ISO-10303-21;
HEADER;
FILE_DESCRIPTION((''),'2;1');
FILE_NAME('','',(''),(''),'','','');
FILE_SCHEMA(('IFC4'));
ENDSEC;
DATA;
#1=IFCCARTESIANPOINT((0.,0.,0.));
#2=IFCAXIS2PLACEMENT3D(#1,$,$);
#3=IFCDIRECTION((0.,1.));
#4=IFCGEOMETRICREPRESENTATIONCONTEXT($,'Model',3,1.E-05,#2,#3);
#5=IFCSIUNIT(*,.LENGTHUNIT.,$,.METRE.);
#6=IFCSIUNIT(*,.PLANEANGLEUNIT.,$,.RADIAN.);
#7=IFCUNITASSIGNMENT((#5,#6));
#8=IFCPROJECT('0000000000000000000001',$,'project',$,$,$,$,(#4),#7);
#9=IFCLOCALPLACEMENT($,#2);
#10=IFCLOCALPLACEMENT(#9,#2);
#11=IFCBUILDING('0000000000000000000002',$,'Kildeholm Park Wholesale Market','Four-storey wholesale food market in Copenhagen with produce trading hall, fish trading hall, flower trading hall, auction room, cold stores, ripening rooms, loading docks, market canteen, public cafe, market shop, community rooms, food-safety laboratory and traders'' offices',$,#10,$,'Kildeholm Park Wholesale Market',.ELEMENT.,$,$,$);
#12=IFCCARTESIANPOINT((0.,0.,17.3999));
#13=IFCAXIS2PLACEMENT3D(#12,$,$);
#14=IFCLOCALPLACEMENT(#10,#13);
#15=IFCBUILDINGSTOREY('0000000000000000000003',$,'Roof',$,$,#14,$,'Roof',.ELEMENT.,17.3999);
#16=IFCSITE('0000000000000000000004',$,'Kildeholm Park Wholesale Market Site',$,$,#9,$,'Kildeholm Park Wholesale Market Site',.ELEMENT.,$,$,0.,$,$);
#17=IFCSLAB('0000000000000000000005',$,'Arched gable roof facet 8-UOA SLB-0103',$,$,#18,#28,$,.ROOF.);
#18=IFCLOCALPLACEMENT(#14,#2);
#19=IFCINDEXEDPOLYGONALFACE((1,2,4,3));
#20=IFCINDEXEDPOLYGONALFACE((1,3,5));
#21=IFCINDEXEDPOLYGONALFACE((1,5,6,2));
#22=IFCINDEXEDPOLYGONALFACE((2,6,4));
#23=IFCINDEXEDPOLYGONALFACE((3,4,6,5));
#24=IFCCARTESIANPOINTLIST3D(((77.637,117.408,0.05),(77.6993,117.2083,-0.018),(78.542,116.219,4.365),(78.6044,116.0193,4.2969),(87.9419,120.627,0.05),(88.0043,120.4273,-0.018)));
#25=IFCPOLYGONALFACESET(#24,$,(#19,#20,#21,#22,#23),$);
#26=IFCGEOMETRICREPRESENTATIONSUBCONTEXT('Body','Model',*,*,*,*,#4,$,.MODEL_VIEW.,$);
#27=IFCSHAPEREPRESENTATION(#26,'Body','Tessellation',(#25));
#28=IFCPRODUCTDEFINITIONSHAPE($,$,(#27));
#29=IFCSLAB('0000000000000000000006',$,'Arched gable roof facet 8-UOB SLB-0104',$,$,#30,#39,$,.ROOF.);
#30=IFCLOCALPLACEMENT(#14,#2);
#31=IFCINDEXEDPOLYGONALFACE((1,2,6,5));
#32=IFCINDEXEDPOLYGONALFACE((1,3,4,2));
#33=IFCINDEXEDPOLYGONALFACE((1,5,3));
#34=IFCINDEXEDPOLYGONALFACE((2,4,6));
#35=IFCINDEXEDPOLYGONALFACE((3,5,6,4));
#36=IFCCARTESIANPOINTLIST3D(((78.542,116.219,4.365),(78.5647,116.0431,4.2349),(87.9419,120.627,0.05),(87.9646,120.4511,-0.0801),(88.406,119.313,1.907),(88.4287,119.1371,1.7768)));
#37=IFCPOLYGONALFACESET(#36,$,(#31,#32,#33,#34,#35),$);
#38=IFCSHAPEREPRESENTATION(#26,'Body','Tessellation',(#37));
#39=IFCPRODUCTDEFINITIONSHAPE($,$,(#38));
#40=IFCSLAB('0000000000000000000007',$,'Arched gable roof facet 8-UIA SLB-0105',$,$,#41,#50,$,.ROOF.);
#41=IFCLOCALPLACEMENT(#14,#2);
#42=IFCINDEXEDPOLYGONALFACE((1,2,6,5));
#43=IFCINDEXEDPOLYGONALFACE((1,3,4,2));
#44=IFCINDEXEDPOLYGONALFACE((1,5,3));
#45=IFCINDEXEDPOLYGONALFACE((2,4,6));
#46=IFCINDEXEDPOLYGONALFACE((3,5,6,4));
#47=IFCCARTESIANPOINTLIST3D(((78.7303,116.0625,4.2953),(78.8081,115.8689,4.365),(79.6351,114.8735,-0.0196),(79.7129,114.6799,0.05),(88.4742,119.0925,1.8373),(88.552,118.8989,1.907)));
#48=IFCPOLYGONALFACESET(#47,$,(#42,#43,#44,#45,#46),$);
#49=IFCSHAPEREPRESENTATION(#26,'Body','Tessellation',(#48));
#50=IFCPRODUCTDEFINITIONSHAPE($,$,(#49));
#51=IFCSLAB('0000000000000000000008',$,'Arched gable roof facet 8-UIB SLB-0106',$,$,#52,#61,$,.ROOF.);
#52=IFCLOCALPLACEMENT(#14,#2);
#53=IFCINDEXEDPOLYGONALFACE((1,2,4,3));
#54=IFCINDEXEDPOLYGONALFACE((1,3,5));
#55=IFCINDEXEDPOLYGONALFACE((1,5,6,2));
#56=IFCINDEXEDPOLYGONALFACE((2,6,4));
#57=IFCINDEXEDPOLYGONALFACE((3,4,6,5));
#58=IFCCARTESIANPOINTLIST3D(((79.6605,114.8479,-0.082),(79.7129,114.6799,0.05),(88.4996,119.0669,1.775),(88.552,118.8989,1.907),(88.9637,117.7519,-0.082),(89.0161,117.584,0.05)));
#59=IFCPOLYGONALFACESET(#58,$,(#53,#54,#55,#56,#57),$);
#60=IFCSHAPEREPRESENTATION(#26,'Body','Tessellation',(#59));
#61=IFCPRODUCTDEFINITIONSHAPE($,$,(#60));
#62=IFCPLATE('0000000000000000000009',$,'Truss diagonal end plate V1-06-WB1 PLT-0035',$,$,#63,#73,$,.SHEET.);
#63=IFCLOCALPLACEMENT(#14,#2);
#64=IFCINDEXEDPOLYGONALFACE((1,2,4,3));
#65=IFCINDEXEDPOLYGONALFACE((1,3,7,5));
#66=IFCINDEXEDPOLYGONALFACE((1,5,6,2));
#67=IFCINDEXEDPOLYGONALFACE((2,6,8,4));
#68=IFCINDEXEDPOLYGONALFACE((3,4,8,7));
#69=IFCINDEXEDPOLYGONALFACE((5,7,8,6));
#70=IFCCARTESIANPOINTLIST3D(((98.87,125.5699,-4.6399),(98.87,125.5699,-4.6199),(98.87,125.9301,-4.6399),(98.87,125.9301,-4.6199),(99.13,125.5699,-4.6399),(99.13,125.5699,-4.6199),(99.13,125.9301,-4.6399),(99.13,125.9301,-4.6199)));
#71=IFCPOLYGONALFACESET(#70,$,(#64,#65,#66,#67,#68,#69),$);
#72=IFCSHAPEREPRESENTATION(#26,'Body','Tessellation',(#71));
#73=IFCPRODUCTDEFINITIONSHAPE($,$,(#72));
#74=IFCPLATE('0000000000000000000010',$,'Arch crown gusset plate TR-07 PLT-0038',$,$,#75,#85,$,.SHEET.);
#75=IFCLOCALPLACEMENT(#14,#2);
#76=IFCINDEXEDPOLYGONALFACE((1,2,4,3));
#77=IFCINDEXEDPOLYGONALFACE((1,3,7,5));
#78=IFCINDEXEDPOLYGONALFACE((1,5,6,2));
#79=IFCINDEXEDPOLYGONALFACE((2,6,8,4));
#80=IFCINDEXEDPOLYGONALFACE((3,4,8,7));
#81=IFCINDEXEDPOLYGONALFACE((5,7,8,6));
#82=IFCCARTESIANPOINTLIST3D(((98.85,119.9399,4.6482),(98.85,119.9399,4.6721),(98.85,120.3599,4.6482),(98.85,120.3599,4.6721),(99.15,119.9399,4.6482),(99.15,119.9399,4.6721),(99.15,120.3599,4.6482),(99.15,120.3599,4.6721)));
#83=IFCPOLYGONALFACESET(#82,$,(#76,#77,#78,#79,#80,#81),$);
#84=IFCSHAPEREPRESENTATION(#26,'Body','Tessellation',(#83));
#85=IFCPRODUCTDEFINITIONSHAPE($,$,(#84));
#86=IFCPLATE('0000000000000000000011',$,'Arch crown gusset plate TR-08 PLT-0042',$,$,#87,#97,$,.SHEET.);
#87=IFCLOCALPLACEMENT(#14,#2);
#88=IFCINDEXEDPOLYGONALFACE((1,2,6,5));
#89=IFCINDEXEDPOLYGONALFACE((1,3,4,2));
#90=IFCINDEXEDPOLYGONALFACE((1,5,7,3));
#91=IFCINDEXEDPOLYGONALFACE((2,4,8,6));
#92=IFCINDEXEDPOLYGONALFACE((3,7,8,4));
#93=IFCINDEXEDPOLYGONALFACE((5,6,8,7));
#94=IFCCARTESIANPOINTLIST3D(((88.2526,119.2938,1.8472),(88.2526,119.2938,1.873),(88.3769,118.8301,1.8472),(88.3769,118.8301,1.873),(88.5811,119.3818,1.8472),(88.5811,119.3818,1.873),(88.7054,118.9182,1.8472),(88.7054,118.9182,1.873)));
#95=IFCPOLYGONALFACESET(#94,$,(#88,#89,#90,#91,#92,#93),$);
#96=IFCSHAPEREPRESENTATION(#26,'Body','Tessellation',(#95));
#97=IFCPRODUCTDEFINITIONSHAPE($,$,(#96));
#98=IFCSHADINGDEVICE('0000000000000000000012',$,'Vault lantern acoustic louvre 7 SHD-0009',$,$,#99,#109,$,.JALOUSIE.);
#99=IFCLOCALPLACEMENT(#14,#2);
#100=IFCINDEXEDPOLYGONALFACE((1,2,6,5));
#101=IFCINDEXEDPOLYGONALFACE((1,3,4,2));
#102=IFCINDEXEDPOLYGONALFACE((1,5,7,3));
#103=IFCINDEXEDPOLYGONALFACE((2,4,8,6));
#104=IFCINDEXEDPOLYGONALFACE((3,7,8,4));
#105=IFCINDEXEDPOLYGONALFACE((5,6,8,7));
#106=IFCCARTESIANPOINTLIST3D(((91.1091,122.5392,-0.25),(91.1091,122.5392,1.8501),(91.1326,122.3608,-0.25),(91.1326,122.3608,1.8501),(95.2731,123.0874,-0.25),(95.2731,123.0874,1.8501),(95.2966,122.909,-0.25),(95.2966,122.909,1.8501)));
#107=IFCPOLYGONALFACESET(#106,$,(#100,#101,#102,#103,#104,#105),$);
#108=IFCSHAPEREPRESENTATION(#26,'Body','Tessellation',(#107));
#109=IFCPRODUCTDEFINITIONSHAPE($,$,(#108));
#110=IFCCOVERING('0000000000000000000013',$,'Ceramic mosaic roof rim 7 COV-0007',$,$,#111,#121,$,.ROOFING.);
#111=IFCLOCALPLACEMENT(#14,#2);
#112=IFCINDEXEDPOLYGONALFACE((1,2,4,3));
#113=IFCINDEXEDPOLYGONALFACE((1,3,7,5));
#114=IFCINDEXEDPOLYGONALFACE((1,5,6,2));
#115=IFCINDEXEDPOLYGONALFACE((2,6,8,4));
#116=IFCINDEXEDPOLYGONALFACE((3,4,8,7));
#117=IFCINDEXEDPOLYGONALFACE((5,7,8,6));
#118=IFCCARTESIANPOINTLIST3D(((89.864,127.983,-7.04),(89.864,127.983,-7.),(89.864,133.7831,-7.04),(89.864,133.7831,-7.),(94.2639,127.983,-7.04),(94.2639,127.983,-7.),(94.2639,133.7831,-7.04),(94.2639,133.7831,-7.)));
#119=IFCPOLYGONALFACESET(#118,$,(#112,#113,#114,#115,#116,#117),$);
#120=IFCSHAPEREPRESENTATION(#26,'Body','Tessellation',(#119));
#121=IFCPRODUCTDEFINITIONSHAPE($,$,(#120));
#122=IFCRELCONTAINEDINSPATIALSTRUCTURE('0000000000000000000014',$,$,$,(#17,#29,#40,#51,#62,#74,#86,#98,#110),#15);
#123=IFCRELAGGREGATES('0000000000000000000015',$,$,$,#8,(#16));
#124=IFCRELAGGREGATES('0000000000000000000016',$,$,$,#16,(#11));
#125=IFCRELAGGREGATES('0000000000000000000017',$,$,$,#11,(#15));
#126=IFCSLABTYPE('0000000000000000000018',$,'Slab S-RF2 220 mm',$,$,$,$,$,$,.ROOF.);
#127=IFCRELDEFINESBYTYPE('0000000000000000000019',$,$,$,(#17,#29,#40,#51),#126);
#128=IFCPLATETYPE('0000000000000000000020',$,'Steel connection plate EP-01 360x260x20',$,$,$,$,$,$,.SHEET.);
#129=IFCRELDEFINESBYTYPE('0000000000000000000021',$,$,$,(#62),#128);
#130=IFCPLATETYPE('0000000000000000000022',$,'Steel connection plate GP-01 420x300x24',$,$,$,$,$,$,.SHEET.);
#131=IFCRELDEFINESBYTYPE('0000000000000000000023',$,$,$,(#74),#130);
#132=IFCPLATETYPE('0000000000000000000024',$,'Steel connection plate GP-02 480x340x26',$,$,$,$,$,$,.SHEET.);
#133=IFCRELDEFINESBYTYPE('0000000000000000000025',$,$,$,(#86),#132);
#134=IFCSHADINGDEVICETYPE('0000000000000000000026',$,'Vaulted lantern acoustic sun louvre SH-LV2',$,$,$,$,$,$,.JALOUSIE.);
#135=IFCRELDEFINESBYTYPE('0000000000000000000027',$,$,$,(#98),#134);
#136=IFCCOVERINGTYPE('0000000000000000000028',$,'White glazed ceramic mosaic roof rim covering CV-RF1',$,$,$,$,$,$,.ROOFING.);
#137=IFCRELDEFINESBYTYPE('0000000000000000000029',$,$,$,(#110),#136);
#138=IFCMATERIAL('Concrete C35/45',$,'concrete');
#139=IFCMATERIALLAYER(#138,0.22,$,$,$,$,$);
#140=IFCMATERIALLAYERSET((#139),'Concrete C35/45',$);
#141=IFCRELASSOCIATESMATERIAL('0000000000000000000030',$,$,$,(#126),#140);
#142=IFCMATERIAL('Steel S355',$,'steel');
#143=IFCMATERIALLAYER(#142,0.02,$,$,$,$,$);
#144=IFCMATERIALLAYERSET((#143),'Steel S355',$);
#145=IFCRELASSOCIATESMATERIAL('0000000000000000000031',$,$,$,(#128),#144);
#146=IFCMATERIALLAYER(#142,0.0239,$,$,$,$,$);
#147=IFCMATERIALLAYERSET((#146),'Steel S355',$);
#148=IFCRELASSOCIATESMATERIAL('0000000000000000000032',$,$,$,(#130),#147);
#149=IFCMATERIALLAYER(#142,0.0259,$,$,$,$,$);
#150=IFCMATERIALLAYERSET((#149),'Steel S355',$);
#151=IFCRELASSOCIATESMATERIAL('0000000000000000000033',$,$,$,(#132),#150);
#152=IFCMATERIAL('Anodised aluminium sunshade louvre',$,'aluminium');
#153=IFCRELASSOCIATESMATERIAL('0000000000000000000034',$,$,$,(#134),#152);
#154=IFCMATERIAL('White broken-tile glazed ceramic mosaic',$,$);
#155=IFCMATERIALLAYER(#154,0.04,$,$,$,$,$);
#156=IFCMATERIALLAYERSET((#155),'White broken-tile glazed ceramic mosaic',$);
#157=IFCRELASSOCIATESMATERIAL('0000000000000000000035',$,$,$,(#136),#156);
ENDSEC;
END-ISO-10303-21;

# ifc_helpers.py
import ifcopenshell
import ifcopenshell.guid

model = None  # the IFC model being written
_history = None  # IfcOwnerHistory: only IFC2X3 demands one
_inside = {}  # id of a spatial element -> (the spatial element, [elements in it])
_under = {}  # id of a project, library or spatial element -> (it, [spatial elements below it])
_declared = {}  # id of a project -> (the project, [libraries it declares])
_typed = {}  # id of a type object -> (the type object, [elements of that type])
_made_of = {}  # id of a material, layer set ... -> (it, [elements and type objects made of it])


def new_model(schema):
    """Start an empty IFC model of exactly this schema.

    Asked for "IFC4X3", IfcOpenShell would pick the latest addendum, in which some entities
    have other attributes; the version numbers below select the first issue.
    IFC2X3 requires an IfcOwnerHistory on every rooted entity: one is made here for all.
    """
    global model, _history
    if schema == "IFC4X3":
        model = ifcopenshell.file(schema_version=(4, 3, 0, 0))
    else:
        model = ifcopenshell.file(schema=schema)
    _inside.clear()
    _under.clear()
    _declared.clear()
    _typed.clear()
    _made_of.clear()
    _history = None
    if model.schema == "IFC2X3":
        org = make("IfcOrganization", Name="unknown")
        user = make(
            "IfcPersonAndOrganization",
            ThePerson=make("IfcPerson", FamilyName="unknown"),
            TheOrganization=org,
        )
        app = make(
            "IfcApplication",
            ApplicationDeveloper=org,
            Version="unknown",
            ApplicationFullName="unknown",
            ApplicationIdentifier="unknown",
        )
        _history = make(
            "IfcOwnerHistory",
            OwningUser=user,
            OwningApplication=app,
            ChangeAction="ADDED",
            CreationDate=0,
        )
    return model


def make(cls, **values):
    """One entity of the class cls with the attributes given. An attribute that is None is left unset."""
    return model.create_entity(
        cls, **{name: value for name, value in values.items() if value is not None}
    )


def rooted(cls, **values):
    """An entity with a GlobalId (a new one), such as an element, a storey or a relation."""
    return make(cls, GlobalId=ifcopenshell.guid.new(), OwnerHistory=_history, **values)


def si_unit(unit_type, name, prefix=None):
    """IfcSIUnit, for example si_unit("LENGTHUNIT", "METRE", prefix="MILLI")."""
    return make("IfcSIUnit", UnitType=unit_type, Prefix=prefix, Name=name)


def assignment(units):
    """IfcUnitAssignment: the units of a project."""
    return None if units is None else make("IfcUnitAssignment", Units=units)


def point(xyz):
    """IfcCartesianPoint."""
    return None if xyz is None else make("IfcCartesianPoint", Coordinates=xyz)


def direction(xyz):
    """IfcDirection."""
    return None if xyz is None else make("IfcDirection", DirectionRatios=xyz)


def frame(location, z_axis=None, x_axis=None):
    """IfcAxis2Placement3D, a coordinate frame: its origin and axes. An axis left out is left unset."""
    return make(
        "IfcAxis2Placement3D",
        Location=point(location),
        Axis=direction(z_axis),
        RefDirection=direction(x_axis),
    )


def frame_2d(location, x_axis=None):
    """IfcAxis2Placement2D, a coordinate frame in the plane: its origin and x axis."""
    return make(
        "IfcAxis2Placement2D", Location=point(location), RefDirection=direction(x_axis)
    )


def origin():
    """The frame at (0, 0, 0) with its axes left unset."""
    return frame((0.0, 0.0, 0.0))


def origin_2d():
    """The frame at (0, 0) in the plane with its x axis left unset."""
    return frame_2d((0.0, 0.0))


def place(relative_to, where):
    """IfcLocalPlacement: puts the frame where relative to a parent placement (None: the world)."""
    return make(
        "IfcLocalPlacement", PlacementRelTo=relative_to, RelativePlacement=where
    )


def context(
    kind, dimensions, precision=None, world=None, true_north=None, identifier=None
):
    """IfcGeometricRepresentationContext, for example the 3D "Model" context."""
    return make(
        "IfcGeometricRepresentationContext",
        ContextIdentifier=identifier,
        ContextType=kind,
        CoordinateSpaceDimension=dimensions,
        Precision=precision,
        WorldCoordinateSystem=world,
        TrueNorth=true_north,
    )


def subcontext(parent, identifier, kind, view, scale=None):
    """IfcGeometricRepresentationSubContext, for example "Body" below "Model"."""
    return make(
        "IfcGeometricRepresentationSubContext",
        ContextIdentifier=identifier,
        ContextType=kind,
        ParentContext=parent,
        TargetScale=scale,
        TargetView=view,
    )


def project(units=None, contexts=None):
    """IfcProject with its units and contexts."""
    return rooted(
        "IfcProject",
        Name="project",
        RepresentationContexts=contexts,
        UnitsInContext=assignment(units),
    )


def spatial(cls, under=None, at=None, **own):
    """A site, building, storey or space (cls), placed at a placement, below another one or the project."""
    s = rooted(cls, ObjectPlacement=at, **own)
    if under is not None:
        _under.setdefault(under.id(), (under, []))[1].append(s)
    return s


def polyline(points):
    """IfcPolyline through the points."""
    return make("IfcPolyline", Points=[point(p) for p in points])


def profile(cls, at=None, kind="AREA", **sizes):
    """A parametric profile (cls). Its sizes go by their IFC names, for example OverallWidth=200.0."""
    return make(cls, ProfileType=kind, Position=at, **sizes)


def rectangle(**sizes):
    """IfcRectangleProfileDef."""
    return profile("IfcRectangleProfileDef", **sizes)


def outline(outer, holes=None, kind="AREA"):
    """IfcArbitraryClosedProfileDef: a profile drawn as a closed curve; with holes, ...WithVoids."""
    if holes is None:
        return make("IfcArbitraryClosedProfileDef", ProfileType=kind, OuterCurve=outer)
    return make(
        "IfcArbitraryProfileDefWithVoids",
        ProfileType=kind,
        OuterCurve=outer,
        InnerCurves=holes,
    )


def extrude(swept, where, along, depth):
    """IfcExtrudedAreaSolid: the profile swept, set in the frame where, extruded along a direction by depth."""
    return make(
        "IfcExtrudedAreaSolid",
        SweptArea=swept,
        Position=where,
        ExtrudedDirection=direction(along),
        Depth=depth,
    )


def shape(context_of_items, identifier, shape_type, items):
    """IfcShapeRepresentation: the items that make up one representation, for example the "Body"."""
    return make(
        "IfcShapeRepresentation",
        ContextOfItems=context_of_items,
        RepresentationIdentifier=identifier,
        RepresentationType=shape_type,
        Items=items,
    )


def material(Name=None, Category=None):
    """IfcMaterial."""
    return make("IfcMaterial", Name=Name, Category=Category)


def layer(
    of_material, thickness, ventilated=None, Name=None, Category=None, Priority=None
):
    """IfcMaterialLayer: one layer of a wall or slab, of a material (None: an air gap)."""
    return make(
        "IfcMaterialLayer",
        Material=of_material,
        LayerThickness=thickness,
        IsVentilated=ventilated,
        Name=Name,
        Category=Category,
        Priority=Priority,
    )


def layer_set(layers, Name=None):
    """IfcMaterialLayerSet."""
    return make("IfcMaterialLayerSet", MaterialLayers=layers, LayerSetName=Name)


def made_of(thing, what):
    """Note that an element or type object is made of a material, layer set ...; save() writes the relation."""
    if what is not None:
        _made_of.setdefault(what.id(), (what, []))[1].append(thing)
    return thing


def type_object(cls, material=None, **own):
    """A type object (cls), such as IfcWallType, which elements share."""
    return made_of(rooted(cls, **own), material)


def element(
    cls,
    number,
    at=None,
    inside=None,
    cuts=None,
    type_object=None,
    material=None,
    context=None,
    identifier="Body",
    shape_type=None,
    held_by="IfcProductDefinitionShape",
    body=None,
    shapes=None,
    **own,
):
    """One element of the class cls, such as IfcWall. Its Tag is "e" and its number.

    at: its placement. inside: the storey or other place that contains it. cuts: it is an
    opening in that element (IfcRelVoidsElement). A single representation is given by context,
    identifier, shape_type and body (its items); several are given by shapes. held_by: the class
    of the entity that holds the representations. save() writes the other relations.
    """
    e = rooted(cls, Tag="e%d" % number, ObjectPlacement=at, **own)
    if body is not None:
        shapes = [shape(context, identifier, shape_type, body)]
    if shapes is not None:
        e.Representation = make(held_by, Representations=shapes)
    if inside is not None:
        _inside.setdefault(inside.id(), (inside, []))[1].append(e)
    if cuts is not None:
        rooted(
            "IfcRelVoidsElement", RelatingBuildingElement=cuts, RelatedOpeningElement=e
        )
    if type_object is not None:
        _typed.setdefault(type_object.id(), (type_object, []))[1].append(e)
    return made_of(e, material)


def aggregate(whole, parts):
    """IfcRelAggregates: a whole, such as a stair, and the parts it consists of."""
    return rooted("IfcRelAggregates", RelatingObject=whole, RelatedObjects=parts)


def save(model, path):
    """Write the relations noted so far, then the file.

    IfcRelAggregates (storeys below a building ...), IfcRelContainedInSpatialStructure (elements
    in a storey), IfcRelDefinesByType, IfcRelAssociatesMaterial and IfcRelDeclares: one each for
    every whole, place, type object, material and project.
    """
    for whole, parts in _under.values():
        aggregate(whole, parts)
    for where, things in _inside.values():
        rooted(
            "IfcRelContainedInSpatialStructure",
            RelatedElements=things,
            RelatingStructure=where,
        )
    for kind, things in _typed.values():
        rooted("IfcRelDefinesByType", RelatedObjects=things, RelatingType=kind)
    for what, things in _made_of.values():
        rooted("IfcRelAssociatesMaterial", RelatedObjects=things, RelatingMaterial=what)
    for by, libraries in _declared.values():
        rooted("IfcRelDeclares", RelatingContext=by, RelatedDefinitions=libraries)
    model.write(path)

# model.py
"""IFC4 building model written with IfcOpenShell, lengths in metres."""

from ifc_helpers import new_model, si_unit, direction, frame, origin, origin_2d, place, context, subcontext, project, spatial, polyline, rectangle, outline, extrude, material, layer, layer_set, type_object, element, save


model = new_model("IFC4")

# Units and contexts
model_context = context("Model", 3, precision=1e-05, world=origin(), true_north=direction((0.0, 1.0)))
body_context = subcontext(model_context, "Body", "Model", "MODEL_VIEW")
ifc_project = project(units=[si_unit("LENGTHUNIT", "METRE"), si_unit("PLANEANGLEUNIT", "RADIAN")], contexts=[model_context])

# Site, building, storey
site_placement = place(None, origin())
site = spatial("IfcSite", under=ifc_project, at=site_placement, Name="Kildeholm Park Wholesale Market Site", LongName="Kildeholm Park Wholesale Market Site", CompositionType="ELEMENT", RefElevation=0.0)
building_placement = place(site_placement, origin())
building = spatial("IfcBuilding", under=site, at=building_placement, Name="Kildeholm Park Wholesale Market", Description="Four-storey wholesale food market in Copenhagen with produce trading hall, fish trading hall, flower trading hall, auction room, cold stores, ripening rooms, loading docks, market canteen, public cafe, market shop, community rooms, food-safety laboratory and traders' offices", LongName="Kildeholm Park Wholesale Market", CompositionType="ELEMENT")
storey_placement = place(building_placement, frame((0.0, 0.0, 17.3999)))
storey = spatial("IfcBuildingStorey", under=building, at=storey_placement, Name="Roof", LongName="Roof", CompositionType="ELEMENT", Elevation=17.3999)

# Shared definitions
ifc_material_1 = material(Name="Steel S355", Category="steel")

# Slabs
ifc_material_2 = material(Name="Concrete C35/45", Category="concrete")
ifc_layer_1 = layer(ifc_material_2, 0.22)
ifc_layer_set_1 = layer_set([ifc_layer_1], Name="Concrete C35/45")
slab_type = type_object("IfcSlabType", Name="Slab S-RF2 220 mm", PredefinedType="ROOF", material=ifc_layer_set_1)
slab_1_placement = place(storey_placement, frame((87.9419, 120.627, 0.05), z_axis=(-0.28352, 0.907628, 0.30956), x_axis=(-0.954514, -0.298166, 0.0)))
element("IfcSlab", 1, at=slab_1_placement, inside=storey, type_object=slab_type, Name="Arched gable roof facet 8-UOA SLB-0103", PredefinedType="ROOF", context=body_context, shape_type="SweptSolid", body=[
    extrude(outline(polyline([(0.0, 0.0), (10.796, 0.0), (10.2866, 4.5378), (0.0, 0.0)])), origin(), (0.0, 0.0, -1.0), 0.22),
])
slab_2_placement = place(storey_placement, frame((87.9419, 120.627, 0.05), z_axis=(-0.103373, 0.799569, 0.591611), x_axis=(-0.836061, -0.39206, 0.383786)))
element("IfcSlab", 2, at=slab_2_placement, inside=storey, type_object=slab_type, Name="Arched gable roof facet 8-UOB SLB-0104", PredefinedType="ROOF", context=body_context, shape_type="SweptSolid", body=[
    extrude(outline(polyline([(0.0, 0.0), (11.2431, 0.0), (0.8398, 2.1645), (0.0, 0.0)])), origin(), (0.0, 0.0, -1.0), 0.22),
])
slab_3_placement = place(storey_placement, frame((88.552, 118.8989, 1.907), z_axis=(0.353587, -0.880169, 0.316669), x_axis=(-0.928342, -0.288684, 0.234185)))
element("IfcSlab", 3, at=slab_3_placement, inside=storey, type_object=slab_type, Name="Arched gable roof facet 8-UIA SLB-0105", PredefinedType="ROOF", context=body_context, shape_type="SweptSolid", body=[
    extrude(outline(polyline([(0.0, 0.0), (10.496, 0.0), (8.9888, 4.3104), (0.0, 0.0)])), origin(), (0.0, 0.0, -1.0), 0.22),
])
slab_4_placement = place(storey_placement, frame((88.552, 118.8989, 1.907), z_axis=(0.238331, -0.763501, 0.600221), x_axis=(-0.886673, -0.423218, -0.186274)))
element("IfcSlab", 4, at=slab_4_placement, inside=storey, type_object=slab_type, Name="Arched gable roof facet 8-UIB SLB-0106", PredefinedType="ROOF", context=body_context, shape_type="SweptSolid", body=[
    extrude(outline(polyline([(0.0, 0.0), (9.9689, 0.0), (0.4909, 2.2697), (0.0, 0.0)])), origin(), (0.0, 0.0, -1.0), 0.22),
])

# Plates
ifc_layer_2 = layer(ifc_material_1, 0.02)
ifc_layer_set_2 = layer_set([ifc_layer_2], Name="Steel S355")
plate_type_1 = type_object("IfcPlateType", Name="Steel connection plate EP-01 360x260x20", PredefinedType="SHEET", material=ifc_layer_set_2)
plate_1_placement = place(storey_placement, frame((99.0, 125.75, -4.6399), z_axis=(0.0, 0.0, 1.0), x_axis=(0.0, -1.0, 0.0)))
element("IfcPlate", 5, at=plate_1_placement, inside=storey, type_object=plate_type_1, Name="Truss diagonal end plate V1-06-WB1 PLT-0035", PredefinedType="SHEET", context=body_context, shape_type="SweptSolid", body=[
    extrude(rectangle(XDim=0.3601, YDim=0.26, at=origin_2d()), origin(), (0.0, 0.0, 1.0), 0.02),
])
ifc_layer_3 = layer(ifc_material_1, 0.0239)
ifc_layer_set_3 = layer_set([ifc_layer_3], Name="Steel S355")
plate_type_2 = type_object("IfcPlateType", Name="Steel connection plate GP-01 420x300x24", PredefinedType="SHEET", material=ifc_layer_set_3)
plate_2_placement = place(storey_placement, frame((99.0, 120.1499, 4.6482), z_axis=(0.0, 0.0, 1.0), x_axis=(0.0, 1.0, 0.0)))
element("IfcPlate", 6, at=plate_2_placement, inside=storey, type_object=plate_type_2, Name="Arch crown gusset plate TR-07 PLT-0038", PredefinedType="SHEET", context=body_context, shape_type="SweptSolid", body=[
    extrude(rectangle(XDim=0.4199, YDim=0.3, at=origin_2d()), origin(), (0.0, 0.0, 1.0), 0.0239),
])
ifc_layer_4 = layer(ifc_material_1, 0.0259)
ifc_layer_set_4 = layer_set([ifc_layer_4], Name="Steel S355")
plate_type_3 = type_object("IfcPlateType", Name="Steel connection plate GP-02 480x340x26", PredefinedType="SHEET", material=ifc_layer_set_4)
plate_3_placement = place(storey_placement, frame((88.479, 119.106, 1.8472), z_axis=(0.0, 0.0, 1.0), x_axis=(-0.258819, 0.965926, 0.0)))
element("IfcPlate", 7, at=plate_3_placement, inside=storey, type_object=plate_type_3, Name="Arch crown gusset plate TR-08 PLT-0042", PredefinedType="SHEET", context=body_context, shape_type="SweptSolid", body=[
    extrude(rectangle(XDim=0.48, YDim=0.3401, at=origin_2d()), origin(), (0.0, 0.0, 1.0), 0.0259),
])

# Shading device
ifc_material_3 = material(Name="Anodised aluminium sunshade louvre", Category="aluminium")
shading_device_type = type_object("IfcShadingDeviceType", Name="Vaulted lantern acoustic sun louvre SH-LV2", PredefinedType="JALOUSIE", material=ifc_material_3)
shading_device_placement = place(storey_placement, frame((93.2029, 122.7241, -0.25), z_axis=(0.0, 0.0, 1.0), x_axis=(-0.991445, -0.130526, 0.0)))
element("IfcShadingDevice", 8, at=shading_device_placement, inside=storey, type_object=shading_device_type, Name="Vault lantern acoustic louvre 7 SHD-0009", PredefinedType="JALOUSIE", context=body_context, shape_type="SweptSolid", body=[
    extrude(rectangle(XDim=4.2, YDim=0.1799, at=origin_2d()), origin(), (0.0, 0.0, 1.0), 2.1001),
])

# Covering
ifc_material_4 = material(Name="White broken-tile glazed ceramic mosaic")
ifc_layer_5 = layer(ifc_material_4, 0.04)
ifc_layer_set_5 = layer_set([ifc_layer_5], Name="White broken-tile glazed ceramic mosaic")
covering_type = type_object("IfcCoveringType", Name="White glazed ceramic mosaic roof rim covering CV-RF1", PredefinedType="ROOFING", material=ifc_layer_set_5)
covering_placement = place(storey_placement, frame((92.064, 130.8831, -7.04), z_axis=(0.0, 0.0, 1.0), x_axis=(0.0, 1.0, 0.0)))
element("IfcCovering", 9, at=covering_placement, inside=storey, type_object=covering_type, Name="Ceramic mosaic roof rim 7 COV-0007", PredefinedType="ROOFING", context=body_context, shape_type="SweptSolid", body=[
    extrude(rectangle(XDim=5.8, YDim=4.3999, at=origin_2d()), origin(), (0.0, 0.0, 1.0), 0.04),
])

save(model, "model.ifc")
